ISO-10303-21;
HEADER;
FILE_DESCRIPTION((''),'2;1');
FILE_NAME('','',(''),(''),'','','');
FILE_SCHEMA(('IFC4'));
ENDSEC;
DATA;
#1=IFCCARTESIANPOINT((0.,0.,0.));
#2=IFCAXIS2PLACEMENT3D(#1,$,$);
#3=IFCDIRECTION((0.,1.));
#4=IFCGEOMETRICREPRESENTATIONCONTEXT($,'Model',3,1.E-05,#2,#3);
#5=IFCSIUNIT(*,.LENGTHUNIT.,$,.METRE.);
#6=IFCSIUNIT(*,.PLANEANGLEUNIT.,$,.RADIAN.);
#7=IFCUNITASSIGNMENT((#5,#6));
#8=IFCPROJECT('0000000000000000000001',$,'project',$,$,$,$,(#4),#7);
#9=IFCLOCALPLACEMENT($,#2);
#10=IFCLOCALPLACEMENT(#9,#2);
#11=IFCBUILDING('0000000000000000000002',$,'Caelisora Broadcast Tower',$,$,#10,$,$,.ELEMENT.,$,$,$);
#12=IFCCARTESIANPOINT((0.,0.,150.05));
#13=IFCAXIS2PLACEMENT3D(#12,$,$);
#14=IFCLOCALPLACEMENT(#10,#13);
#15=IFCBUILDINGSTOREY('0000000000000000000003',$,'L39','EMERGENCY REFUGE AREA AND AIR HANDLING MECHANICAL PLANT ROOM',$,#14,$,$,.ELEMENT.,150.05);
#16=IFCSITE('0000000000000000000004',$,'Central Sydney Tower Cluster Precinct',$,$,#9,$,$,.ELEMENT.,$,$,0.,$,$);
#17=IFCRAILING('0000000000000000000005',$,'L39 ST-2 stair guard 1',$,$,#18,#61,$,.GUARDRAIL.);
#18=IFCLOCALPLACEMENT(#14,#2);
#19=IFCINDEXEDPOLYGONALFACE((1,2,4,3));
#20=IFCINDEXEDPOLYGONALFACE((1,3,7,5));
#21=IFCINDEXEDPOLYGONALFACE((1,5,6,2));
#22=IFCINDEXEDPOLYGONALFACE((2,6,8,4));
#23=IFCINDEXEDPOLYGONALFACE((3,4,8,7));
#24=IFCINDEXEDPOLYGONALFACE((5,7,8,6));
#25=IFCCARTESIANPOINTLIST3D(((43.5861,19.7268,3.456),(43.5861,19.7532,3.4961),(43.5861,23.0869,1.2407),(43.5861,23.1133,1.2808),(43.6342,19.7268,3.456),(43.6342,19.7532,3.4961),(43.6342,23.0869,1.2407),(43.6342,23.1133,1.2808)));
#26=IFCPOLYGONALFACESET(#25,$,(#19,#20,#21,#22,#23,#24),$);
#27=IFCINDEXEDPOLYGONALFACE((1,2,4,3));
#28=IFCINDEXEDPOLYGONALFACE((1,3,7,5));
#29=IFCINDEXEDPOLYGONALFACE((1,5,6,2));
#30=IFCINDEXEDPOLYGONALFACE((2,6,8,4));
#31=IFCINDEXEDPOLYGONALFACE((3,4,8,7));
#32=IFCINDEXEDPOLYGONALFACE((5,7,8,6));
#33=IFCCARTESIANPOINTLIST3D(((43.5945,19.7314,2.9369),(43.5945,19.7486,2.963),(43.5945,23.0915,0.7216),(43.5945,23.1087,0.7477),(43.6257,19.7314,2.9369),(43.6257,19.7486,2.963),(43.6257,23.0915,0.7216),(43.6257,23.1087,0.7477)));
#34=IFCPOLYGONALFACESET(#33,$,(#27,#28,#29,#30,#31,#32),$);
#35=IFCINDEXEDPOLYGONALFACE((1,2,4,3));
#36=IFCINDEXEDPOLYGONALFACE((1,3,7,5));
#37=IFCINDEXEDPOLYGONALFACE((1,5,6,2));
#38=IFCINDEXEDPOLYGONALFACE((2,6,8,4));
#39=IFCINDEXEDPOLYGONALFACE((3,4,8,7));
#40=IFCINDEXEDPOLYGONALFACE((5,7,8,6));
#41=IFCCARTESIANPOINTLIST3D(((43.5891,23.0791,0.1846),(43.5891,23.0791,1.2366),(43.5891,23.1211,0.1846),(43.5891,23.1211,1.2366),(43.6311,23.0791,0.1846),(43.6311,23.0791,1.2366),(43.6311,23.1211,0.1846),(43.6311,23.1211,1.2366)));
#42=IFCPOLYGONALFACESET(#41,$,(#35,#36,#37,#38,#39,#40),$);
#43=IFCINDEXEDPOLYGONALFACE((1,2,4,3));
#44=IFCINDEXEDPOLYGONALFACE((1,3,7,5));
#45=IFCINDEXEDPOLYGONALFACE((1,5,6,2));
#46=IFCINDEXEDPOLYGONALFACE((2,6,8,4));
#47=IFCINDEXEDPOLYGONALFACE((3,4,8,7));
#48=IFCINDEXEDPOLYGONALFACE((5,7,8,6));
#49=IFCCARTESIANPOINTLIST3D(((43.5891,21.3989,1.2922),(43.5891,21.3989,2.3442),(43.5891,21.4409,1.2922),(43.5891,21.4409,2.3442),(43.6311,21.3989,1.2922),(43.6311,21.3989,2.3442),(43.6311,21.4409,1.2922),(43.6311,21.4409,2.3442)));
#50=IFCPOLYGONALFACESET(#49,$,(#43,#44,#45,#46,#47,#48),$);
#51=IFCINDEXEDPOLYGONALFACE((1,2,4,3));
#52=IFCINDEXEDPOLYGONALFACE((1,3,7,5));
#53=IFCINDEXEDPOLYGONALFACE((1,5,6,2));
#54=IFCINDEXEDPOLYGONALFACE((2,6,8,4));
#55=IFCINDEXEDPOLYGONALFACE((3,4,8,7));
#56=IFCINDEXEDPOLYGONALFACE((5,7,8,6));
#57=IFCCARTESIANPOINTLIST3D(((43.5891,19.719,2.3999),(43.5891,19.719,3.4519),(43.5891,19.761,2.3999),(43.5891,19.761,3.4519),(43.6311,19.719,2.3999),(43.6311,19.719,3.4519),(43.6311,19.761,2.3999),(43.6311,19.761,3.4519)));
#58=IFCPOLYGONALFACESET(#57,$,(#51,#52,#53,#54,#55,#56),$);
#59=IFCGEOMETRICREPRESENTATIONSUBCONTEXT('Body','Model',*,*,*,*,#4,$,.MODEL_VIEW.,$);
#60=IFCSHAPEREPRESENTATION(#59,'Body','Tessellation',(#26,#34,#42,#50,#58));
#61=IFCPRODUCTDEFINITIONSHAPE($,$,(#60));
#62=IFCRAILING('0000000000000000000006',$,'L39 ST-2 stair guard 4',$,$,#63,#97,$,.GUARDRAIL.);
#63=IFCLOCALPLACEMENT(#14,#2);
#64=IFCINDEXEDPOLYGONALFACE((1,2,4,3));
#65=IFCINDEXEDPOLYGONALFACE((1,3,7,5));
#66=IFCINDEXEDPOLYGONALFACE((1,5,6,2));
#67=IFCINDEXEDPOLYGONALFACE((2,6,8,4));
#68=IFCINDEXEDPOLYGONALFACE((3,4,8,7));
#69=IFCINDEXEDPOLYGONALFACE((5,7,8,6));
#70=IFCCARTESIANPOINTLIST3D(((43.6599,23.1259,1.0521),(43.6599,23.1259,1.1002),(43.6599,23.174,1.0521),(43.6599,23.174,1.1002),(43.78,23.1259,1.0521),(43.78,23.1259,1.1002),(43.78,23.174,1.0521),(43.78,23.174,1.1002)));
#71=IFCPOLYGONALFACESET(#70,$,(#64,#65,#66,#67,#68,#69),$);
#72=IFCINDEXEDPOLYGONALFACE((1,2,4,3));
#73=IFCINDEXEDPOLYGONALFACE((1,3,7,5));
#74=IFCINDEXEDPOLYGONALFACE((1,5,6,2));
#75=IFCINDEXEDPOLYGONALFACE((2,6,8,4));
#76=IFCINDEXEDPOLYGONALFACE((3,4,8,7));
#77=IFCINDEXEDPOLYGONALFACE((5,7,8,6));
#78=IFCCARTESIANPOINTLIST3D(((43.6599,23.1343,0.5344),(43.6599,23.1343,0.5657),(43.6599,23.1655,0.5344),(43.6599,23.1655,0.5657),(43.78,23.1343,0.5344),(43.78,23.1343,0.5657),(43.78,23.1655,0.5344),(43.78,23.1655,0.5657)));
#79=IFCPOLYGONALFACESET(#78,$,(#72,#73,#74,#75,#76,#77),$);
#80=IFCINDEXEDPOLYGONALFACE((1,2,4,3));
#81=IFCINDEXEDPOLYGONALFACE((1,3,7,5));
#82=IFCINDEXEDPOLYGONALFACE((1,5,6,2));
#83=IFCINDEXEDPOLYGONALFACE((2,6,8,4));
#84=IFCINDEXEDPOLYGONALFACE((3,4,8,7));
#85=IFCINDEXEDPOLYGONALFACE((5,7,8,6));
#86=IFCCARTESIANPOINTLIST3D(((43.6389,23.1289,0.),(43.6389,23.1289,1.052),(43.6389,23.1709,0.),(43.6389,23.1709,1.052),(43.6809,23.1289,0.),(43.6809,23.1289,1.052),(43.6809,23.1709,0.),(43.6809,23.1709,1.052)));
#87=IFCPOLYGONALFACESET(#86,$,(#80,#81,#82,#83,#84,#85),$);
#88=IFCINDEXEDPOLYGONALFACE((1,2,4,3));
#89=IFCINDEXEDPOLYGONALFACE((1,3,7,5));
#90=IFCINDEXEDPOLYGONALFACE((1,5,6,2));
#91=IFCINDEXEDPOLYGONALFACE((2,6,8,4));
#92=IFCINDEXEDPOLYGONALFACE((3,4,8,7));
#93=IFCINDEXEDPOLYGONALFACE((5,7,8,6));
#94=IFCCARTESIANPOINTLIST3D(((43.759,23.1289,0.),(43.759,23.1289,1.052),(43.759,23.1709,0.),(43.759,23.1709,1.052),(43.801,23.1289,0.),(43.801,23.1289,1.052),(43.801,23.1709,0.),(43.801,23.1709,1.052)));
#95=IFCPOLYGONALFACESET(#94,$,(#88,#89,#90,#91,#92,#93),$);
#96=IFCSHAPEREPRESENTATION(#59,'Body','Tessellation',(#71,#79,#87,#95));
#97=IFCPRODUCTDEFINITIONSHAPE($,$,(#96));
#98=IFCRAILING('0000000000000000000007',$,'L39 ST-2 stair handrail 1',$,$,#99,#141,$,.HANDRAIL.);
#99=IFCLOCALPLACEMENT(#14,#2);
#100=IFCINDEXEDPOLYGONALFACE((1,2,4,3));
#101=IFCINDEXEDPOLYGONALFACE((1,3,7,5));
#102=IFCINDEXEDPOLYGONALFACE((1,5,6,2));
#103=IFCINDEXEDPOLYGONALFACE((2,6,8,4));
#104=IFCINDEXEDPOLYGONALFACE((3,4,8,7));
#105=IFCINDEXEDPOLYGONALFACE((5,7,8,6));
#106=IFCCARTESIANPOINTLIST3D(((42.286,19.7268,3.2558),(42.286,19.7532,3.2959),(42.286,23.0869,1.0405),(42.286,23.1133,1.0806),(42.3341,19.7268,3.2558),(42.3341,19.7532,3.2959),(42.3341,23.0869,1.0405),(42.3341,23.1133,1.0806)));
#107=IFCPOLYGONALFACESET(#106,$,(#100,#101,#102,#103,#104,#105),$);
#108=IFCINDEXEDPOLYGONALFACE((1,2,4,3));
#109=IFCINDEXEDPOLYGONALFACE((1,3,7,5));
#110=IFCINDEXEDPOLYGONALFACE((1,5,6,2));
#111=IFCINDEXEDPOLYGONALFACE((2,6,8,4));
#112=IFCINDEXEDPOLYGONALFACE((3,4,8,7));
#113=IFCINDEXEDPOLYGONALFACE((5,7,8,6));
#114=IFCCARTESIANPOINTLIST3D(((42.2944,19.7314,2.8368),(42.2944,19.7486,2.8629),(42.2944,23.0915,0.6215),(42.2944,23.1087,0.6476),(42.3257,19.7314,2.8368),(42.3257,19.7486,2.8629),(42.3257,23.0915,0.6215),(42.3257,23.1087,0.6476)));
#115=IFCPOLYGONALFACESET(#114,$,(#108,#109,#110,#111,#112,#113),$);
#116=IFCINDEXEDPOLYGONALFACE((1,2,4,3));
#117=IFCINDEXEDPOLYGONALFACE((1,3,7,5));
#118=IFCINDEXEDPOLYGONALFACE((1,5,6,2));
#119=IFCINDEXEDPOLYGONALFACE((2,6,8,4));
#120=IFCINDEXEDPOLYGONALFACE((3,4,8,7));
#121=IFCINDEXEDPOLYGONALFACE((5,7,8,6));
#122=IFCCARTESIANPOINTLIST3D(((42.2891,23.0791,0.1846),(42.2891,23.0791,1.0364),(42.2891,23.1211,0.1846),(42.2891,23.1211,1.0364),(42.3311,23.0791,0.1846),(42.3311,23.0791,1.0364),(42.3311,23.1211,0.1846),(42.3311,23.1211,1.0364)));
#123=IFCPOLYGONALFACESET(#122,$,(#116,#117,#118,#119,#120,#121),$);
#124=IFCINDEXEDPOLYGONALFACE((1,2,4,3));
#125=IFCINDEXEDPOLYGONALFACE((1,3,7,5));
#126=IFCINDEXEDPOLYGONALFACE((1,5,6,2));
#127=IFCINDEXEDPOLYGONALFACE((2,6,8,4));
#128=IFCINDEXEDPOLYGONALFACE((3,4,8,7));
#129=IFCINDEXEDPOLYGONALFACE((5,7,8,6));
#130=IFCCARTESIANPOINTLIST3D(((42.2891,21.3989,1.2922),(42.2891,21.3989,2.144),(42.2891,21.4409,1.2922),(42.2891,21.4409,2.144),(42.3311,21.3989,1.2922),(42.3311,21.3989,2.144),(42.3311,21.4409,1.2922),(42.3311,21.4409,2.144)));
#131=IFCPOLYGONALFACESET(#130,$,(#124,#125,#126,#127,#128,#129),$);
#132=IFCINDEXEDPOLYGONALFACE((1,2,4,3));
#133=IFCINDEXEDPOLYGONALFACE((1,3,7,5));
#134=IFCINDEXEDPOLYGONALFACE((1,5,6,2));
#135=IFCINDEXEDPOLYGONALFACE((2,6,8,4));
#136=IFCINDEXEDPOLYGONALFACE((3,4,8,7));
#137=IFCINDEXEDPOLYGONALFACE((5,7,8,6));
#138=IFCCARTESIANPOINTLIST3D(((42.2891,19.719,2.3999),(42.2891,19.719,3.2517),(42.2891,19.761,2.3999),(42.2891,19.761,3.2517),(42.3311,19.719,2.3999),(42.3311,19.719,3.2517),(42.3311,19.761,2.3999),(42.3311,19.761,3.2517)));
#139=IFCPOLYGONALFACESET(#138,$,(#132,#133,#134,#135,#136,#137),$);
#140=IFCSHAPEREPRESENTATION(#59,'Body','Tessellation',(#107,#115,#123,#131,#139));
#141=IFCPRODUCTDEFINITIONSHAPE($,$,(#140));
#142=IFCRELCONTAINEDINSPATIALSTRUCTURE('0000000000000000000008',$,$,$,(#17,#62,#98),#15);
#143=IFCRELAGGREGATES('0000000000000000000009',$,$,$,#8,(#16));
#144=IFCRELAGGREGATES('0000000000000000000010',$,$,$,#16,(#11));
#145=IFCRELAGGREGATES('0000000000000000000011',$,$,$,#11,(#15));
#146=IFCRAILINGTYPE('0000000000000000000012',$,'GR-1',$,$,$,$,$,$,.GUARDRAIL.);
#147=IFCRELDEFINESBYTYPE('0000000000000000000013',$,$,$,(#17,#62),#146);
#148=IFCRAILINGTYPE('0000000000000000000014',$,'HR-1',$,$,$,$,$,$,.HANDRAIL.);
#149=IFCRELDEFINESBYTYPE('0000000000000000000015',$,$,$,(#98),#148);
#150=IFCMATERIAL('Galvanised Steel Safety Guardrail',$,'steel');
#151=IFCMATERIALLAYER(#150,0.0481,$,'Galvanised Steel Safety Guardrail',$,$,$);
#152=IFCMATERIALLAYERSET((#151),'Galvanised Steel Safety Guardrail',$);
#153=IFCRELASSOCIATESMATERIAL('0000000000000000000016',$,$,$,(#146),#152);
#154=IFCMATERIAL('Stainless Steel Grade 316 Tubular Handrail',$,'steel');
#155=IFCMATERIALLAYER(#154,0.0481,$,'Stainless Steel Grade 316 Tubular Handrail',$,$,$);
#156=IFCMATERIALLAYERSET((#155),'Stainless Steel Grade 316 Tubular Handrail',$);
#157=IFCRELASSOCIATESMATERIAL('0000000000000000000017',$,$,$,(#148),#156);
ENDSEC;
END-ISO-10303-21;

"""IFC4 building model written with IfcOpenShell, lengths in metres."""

from ifc_helpers import new_model, si_unit, direction, frame, origin, origin_2d, place, context, subcontext, project, spatial, rectangle, extrude, material, layer, layer_set, type_object, element, save


model = new_model("IFC4")

# Units and contexts
model_context = context("Model", 3, precision=1e-05, world=origin(), true_north=direction((0.0, 1.0)))
body_context = subcontext(model_context, "Body", "Model", "MODEL_VIEW")
ifc_project = project(units=[si_unit("LENGTHUNIT", "METRE"), si_unit("PLANEANGLEUNIT", "RADIAN")], contexts=[model_context])

# Site, building, storey
site_placement = place(None, origin())
site = spatial("IfcSite", under=ifc_project, at=site_placement, Name="Central Sydney Tower Cluster Precinct", CompositionType="ELEMENT", RefElevation=0.0)
building_placement = place(site_placement, origin())
building = spatial("IfcBuilding", under=site, at=building_placement, Name="Caelisora Broadcast Tower", CompositionType="ELEMENT")
storey_placement = place(building_placement, frame((0.0, 0.0, 150.05)))
storey = spatial("IfcBuildingStorey", under=building, at=storey_placement, Name="L39", Description="EMERGENCY REFUGE AREA AND AIR HANDLING MECHANICAL PLANT ROOM", CompositionType="ELEMENT", Elevation=150.05)

# Railings
ifc_material_1 = material(Name="Galvanised Steel Safety Guardrail", Category="steel")
ifc_layer_1 = layer(ifc_material_1, 0.0481, Name="Galvanised Steel Safety Guardrail")
ifc_layer_set_1 = layer_set([ifc_layer_1], Name="Galvanised Steel Safety Guardrail")
railing_type_1 = type_object("IfcRailingType", Name="GR-1", PredefinedType="GUARDRAIL", material=ifc_layer_set_1)
railing_1_placement = place(storey_placement, frame((43.6101, 23.1001, 0.1846)))
element("IfcRailing", 1, at=railing_1_placement, inside=storey, type_object=railing_type_1, Name="L39 ST-2 stair guard 1", PredefinedType="GUARDRAIL", context=body_context, shape_type="SweptSolid", body=[
    extrude(rectangle(XDim=0.0481, YDim=0.0481, at=origin_2d()), frame((0.0, 0.0, 1.0762), z_axis=(0.0, -0.834876, 0.550437), x_axis=(1.0, 0.0, 0.0)), (0.0, 0.0, 1.0), 4.0247),
    extrude(rectangle(XDim=0.0312, YDim=0.0312, at=origin_2d()), frame((0.0, 0.0, 0.55), z_axis=(0.0, -0.834876, 0.550437), x_axis=(1.0, 0.0, 0.0)), (0.0, 0.0, 1.0), 4.0247),
    extrude(rectangle(XDim=0.042, YDim=0.042, at=origin_2d()), origin(), (0.0, 0.0, 1.0), 1.052),
    extrude(rectangle(XDim=0.042, YDim=0.042, at=origin_2d()), frame((0.0, -1.6802, 1.1077)), (0.0, 0.0, 1.0), 1.052),
    extrude(rectangle(XDim=0.042, YDim=0.042, at=origin_2d()), frame((0.0, -3.3601, 2.2153)), (0.0, 0.0, 1.0), 1.052),
])
railing_2_placement = place(storey_placement, frame((43.6599, 23.1499, 0.0)))
element("IfcRailing", 2, at=railing_2_placement, inside=storey, type_object=railing_type_1, Name="L39 ST-2 stair guard 4", PredefinedType="GUARDRAIL", context=body_context, shape_type="SweptSolid", body=[
    extrude(rectangle(XDim=0.0481, YDim=0.0481, at=origin_2d()), frame((0.0, 0.0, 1.0762), z_axis=(1.0, 0.0, 0.0), x_axis=(0.0, 1.0, 0.0)), (0.0, 0.0, 1.0), 0.1201),
    extrude(rectangle(XDim=0.0312, YDim=0.0312, at=origin_2d()), frame((0.0, 0.0, 0.55), z_axis=(1.0, 0.0, 0.0), x_axis=(0.0, 1.0, 0.0)), (0.0, 0.0, 1.0), 0.1201),
    extrude(rectangle(XDim=0.042, YDim=0.042, at=origin_2d()), origin(), (0.0, 0.0, 1.0), 1.052),
    extrude(rectangle(XDim=0.042, YDim=0.042, at=origin_2d()), frame((0.1201, 0.0, 0.0)), (0.0, 0.0, 1.0), 1.052),
])
ifc_material_2 = material(Name="Stainless Steel Grade 316 Tubular Handrail", Category="steel")
ifc_layer_2 = layer(ifc_material_2, 0.0481, Name="Stainless Steel Grade 316 Tubular Handrail")
ifc_layer_set_2 = layer_set([ifc_layer_2], Name="Stainless Steel Grade 316 Tubular Handrail")
railing_type_2 = type_object("IfcRailingType", Name="HR-1", PredefinedType="HANDRAIL", material=ifc_layer_set_2)
railing_3_placement = place(storey_placement, frame((42.3101, 23.1001, 0.1846)))
element("IfcRailing", 3, at=railing_3_placement, inside=storey, type_object=railing_type_2, Name="L39 ST-2 stair handrail 1", PredefinedType="HANDRAIL", context=body_context, shape_type="SweptSolid", body=[
    extrude(rectangle(XDim=0.0481, YDim=0.0481, at=origin_2d()), frame((0.0, 0.0, 0.876), z_axis=(0.0, -0.834876, 0.550437), x_axis=(1.0, 0.0, 0.0)), (0.0, 0.0, 1.0), 4.0247),
    extrude(rectangle(XDim=0.0312, YDim=0.0312, at=origin_2d()), frame((0.0, 0.0, 0.45), z_axis=(0.0, -0.834876, 0.550437), x_axis=(1.0, 0.0, 0.0)), (0.0, 0.0, 1.0), 4.0247),
    extrude(rectangle(XDim=0.042, YDim=0.042, at=origin_2d()), origin(), (0.0, 0.0, 1.0), 0.8518),
    extrude(rectangle(XDim=0.042, YDim=0.042, at=origin_2d()), frame((0.0, -1.6802, 1.1077)), (0.0, 0.0, 1.0), 0.8518),
    extrude(rectangle(XDim=0.042, YDim=0.042, at=origin_2d()), frame((0.0, -3.3601, 2.2153)), (0.0, 0.0, 1.0), 0.8518),
])

save(model, "model.ifc")
